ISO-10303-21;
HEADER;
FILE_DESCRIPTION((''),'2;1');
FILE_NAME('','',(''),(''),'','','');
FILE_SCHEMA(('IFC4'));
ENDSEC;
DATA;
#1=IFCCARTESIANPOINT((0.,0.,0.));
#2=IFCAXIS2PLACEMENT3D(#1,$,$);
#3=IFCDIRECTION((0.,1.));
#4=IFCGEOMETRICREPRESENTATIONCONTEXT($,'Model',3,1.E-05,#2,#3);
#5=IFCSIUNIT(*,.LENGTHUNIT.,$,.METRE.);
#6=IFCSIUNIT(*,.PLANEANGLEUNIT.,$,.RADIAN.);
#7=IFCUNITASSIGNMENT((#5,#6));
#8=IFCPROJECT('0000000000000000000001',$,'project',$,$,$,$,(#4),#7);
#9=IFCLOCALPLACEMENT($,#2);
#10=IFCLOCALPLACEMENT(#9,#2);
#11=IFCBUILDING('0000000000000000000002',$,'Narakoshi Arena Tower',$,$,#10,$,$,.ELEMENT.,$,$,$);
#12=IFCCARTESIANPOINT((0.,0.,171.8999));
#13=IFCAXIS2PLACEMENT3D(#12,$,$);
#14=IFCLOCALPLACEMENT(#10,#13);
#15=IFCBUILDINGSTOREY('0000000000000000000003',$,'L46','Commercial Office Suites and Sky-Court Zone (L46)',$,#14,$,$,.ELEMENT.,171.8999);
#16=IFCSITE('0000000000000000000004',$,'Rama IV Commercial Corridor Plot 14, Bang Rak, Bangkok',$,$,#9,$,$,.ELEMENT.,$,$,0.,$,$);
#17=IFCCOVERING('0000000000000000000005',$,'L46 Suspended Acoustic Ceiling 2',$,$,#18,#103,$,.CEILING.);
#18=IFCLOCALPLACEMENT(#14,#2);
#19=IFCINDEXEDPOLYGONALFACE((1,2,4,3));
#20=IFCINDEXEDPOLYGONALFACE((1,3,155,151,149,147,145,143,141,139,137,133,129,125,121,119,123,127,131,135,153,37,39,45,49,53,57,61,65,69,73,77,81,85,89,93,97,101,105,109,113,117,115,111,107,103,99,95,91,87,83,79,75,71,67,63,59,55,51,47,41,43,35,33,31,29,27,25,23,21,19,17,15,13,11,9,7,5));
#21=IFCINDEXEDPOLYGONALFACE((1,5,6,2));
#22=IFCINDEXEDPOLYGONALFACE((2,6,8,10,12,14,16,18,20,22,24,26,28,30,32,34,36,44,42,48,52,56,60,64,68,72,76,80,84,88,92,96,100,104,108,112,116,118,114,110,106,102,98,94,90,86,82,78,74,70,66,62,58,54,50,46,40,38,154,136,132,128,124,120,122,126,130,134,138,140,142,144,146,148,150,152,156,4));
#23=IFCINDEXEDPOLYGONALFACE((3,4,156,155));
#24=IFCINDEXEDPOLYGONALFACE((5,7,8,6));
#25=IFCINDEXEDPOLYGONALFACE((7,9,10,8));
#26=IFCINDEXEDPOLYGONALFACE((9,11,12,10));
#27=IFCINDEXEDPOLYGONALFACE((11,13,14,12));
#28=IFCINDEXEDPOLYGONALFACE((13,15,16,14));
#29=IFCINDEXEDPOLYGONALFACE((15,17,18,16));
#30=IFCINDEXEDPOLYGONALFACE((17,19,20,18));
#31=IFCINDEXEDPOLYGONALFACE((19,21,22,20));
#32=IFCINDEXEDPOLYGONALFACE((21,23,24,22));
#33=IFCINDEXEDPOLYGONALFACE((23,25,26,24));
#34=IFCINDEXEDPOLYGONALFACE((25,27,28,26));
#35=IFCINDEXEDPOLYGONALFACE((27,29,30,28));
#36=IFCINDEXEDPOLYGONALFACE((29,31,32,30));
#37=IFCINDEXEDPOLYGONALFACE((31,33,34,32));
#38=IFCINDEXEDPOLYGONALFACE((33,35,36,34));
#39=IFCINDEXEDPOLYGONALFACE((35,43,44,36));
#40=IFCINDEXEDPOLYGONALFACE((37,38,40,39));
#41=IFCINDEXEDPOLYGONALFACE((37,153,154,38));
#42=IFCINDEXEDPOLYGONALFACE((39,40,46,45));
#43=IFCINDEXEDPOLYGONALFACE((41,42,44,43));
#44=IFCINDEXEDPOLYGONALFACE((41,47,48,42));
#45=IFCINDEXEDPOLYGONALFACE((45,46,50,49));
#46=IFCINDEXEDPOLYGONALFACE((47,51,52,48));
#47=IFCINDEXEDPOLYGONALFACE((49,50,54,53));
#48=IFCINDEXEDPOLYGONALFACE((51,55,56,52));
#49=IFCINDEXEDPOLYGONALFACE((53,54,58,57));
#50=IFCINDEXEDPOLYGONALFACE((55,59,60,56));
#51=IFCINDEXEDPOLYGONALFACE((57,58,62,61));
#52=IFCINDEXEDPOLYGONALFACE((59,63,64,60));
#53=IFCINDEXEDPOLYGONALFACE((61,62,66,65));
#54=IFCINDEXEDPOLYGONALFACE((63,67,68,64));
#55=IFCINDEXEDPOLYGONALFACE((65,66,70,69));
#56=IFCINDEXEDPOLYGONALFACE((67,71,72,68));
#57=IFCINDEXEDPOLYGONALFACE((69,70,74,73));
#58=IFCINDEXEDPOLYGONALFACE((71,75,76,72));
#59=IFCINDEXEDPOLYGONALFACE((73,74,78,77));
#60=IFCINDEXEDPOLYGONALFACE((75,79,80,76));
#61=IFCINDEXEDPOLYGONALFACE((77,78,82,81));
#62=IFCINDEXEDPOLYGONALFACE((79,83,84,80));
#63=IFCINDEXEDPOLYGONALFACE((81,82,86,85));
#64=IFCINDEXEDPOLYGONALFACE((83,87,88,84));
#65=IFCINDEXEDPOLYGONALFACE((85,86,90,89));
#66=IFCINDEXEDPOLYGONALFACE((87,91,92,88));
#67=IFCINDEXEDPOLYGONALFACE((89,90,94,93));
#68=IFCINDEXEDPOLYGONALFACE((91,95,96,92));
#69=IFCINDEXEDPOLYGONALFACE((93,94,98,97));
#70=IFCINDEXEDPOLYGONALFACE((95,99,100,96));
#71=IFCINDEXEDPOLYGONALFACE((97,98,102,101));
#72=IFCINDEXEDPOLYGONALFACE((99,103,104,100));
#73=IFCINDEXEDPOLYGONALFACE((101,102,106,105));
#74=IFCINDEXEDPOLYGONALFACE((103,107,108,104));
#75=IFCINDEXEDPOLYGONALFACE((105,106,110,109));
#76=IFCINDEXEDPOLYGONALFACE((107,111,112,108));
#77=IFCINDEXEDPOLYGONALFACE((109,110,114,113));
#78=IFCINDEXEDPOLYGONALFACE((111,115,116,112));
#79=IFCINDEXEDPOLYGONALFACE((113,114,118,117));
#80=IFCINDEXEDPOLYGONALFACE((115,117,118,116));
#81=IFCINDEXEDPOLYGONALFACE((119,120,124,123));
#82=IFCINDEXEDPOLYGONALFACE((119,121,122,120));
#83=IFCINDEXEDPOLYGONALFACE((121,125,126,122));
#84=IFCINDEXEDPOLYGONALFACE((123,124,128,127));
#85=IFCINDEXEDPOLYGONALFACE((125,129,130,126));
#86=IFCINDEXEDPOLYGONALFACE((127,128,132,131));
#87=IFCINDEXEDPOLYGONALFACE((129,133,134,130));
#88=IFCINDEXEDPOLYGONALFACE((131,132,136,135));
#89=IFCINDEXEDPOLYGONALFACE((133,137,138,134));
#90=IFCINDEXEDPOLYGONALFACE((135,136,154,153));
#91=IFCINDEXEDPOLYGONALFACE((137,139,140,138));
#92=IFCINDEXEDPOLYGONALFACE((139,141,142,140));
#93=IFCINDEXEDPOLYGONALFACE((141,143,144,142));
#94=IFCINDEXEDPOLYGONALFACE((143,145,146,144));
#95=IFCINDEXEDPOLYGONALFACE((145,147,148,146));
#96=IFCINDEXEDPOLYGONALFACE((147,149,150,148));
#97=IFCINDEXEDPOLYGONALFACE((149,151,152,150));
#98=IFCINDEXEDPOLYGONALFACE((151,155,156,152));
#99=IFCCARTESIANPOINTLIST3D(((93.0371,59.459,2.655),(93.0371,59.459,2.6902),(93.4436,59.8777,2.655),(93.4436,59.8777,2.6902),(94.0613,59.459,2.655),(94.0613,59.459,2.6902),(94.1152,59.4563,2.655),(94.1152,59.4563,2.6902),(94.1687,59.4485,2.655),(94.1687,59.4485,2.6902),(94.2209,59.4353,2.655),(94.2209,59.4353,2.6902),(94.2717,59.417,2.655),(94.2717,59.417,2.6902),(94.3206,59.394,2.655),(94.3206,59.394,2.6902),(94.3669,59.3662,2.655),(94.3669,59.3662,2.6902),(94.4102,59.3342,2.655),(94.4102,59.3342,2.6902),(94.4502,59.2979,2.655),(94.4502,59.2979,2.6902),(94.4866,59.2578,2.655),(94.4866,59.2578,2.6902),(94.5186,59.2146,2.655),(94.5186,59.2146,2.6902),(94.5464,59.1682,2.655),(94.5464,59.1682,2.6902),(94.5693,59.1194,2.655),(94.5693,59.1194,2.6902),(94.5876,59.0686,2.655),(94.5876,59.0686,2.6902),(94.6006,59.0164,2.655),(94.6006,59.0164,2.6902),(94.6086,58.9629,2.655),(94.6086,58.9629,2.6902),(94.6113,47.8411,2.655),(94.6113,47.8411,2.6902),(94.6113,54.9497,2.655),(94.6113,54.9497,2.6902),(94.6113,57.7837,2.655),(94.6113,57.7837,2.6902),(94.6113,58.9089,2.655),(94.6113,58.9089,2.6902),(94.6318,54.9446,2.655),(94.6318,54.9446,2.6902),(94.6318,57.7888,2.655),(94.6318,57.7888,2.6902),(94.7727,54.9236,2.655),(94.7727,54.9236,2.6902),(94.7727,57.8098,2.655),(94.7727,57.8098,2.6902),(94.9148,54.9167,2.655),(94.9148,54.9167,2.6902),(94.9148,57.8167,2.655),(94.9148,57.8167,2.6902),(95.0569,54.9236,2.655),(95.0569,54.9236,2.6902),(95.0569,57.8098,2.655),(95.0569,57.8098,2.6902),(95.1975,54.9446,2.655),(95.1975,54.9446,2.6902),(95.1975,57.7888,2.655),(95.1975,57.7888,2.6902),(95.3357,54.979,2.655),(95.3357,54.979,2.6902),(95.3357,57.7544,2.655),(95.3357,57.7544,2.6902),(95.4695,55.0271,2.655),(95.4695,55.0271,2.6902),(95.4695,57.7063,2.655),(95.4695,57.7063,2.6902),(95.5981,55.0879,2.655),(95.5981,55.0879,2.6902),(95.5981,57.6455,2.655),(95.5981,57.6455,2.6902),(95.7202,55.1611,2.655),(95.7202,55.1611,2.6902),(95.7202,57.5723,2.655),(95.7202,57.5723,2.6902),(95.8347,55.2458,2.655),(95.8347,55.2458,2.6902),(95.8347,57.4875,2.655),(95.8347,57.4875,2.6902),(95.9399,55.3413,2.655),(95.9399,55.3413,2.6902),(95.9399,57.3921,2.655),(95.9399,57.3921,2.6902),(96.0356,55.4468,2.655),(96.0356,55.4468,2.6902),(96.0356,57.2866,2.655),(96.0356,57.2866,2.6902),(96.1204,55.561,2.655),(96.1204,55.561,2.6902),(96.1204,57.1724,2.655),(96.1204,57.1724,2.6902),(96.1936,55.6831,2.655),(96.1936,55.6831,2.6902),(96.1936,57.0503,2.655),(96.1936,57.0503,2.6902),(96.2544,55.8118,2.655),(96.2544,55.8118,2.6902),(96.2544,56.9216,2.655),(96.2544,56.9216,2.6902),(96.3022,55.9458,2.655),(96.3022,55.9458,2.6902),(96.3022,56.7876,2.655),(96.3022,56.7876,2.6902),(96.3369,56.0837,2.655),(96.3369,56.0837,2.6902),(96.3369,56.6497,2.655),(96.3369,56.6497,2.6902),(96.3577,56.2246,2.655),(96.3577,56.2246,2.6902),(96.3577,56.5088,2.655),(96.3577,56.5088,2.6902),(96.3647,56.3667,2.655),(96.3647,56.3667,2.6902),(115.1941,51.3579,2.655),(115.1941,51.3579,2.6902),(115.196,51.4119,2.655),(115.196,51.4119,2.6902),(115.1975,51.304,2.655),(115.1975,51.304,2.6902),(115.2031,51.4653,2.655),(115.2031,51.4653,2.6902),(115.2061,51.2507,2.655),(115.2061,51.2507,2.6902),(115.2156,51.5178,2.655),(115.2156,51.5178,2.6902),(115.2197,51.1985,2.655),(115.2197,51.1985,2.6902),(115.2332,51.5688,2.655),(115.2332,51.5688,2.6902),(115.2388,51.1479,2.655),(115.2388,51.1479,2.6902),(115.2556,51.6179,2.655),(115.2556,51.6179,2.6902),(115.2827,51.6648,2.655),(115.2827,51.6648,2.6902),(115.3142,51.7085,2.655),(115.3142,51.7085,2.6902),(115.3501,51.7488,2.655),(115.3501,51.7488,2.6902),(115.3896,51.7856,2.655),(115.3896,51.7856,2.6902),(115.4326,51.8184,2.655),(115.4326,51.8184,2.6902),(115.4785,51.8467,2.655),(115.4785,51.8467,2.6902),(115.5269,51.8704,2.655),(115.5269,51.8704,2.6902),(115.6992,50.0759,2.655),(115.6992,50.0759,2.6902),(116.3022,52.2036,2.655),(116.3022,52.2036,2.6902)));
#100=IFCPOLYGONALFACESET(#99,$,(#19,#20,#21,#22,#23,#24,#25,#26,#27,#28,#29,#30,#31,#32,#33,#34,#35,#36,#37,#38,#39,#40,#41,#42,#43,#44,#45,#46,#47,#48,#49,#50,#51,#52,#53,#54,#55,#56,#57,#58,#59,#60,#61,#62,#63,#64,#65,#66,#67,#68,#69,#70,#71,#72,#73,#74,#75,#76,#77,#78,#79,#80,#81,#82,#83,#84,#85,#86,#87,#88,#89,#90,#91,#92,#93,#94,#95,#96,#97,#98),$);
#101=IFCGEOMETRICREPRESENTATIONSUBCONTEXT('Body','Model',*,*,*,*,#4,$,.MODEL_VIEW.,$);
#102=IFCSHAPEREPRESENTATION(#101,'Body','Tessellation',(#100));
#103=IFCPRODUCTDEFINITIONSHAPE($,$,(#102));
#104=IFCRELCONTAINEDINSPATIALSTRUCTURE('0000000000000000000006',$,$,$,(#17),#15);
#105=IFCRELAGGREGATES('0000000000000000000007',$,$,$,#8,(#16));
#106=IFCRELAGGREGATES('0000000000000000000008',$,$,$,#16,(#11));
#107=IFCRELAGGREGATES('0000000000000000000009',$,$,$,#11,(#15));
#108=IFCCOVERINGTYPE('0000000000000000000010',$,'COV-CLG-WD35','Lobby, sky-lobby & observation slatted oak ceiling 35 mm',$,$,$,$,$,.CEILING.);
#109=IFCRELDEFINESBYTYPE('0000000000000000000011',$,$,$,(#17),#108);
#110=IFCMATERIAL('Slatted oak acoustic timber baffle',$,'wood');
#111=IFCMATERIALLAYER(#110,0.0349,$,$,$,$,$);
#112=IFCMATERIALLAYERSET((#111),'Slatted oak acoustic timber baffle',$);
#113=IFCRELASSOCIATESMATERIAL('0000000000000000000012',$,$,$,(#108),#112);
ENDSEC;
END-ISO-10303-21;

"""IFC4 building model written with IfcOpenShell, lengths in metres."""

from ifc_helpers import new_model, si_unit, direction, frame, origin, place, context, subcontext, project, spatial, polyline, outline, extrude, material, layer, layer_set, type_object, element, save


model = new_model("IFC4")

# Units and contexts
model_context = context("Model", 3, precision=1e-05, world=origin(), true_north=direction((0.0, 1.0)))
body_context = subcontext(model_context, "Body", "Model", "MODEL_VIEW")
ifc_project = project(units=[si_unit("LENGTHUNIT", "METRE"), si_unit("PLANEANGLEUNIT", "RADIAN")], contexts=[model_context])

# Site, building, storey
site_placement = place(None, origin())
site = spatial("IfcSite", under=ifc_project, at=site_placement, Name="Rama IV Commercial Corridor Plot 14, Bang Rak, Bangkok", CompositionType="ELEMENT", RefElevation=0.0)
building_placement = place(site_placement, origin())
building = spatial("IfcBuilding", under=site, at=building_placement, Name="Narakoshi Arena Tower", CompositionType="ELEMENT")
storey_placement = place(building_placement, frame((0.0, 0.0, 171.8999)))
storey = spatial("IfcBuildingStorey", under=building, at=storey_placement, Name="L46", Description="Commercial Office Suites and Sky-Court Zone (L46)", CompositionType="ELEMENT", Elevation=171.8999)

# Covering
ifc_material_1 = material(Name="Slatted oak acoustic timber baffle", Category="wood")
ifc_layer_1 = layer(ifc_material_1, 0.0349)
ifc_layer_set_1 = layer_set([ifc_layer_1], Name="Slatted oak acoustic timber baffle")
covering_type_1 = type_object("IfcCoveringType", Name="COV-CLG-WD35", Description="Lobby, sky-lobby & observation slatted oak ceiling 35 mm", PredefinedType="CEILING", material=ifc_layer_set_1)
covering_1_placement = place(storey_placement, frame((0.0, 0.0, 2.655)))
element("IfcCovering", 1, at=covering_1_placement, inside=storey, type_object=covering_type_1, Name="L46 Suspended Acoustic Ceiling 2", PredefinedType="CEILING", context=body_context, shape_type="SweptSolid", body=[
    extrude(outline(polyline([(115.5269, 51.8704), (115.4785, 51.8467), (115.4326, 51.8184), (115.3896, 51.7856), (115.3501, 51.7488), (115.3142, 51.7085), (115.2827, 51.6648), (115.2556, 51.6179), (115.2332, 51.5688), (115.2156, 51.5178), (115.2031, 51.4653), (115.196, 51.4119), (115.1941, 51.3579), (115.1975, 51.304), (115.2061, 51.2507), (115.2197, 51.1985), (115.2388, 51.1479), (115.6992, 50.0759), (94.6113, 47.8411), (94.6113, 54.9497), (94.6318, 54.9446), (94.7727, 54.9236), (94.9148, 54.9167), (95.0569, 54.9236), (95.1975, 54.9446), (95.3357, 54.979), (95.4695, 55.0271), (95.5981, 55.0879), (95.7202, 55.1611), (95.8347, 55.2458), (95.9399, 55.3413), (96.0356, 55.4468), (96.1204, 55.561), (96.1936, 55.6831), (96.2544, 55.8118), (96.3022, 55.9458), (96.3369, 56.0837), (96.3577, 56.2246), (96.3647, 56.3667), (96.3577, 56.5088), (96.3369, 56.6497), (96.3022, 56.7876), (96.2544, 56.9216), (96.1936, 57.0503), (96.1204, 57.1724), (96.0356, 57.2866), (95.9399, 57.3921), (95.8347, 57.4875), (95.7202, 57.5723), (95.5981, 57.6455), (95.4695, 57.7063), (95.3357, 57.7544), (95.1975, 57.7888), (95.0569, 57.8098), (94.9148, 57.8167), (94.7727, 57.8098), (94.6318, 57.7888), (94.6113, 57.7837), (94.6113, 58.9089), (94.6086, 58.9629), (94.6006, 59.0164), (94.5876, 59.0686), (94.5693, 59.1194), (94.5464, 59.1682), (94.5186, 59.2146), (94.4866, 59.2578), (94.4502, 59.2979), (94.4102, 59.3342), (94.3669, 59.3662), (94.3206, 59.394), (94.2717, 59.417), (94.2209, 59.4353), (94.1687, 59.4485), (94.1152, 59.4563), (94.0613, 59.459), (93.0371, 59.459), (93.4436, 59.8777), (116.3022, 52.2036), (115.5269, 51.8704)])), origin(), (0.0, 0.0, 1.0), 0.0352),
])

save(model, "model.ifc")
